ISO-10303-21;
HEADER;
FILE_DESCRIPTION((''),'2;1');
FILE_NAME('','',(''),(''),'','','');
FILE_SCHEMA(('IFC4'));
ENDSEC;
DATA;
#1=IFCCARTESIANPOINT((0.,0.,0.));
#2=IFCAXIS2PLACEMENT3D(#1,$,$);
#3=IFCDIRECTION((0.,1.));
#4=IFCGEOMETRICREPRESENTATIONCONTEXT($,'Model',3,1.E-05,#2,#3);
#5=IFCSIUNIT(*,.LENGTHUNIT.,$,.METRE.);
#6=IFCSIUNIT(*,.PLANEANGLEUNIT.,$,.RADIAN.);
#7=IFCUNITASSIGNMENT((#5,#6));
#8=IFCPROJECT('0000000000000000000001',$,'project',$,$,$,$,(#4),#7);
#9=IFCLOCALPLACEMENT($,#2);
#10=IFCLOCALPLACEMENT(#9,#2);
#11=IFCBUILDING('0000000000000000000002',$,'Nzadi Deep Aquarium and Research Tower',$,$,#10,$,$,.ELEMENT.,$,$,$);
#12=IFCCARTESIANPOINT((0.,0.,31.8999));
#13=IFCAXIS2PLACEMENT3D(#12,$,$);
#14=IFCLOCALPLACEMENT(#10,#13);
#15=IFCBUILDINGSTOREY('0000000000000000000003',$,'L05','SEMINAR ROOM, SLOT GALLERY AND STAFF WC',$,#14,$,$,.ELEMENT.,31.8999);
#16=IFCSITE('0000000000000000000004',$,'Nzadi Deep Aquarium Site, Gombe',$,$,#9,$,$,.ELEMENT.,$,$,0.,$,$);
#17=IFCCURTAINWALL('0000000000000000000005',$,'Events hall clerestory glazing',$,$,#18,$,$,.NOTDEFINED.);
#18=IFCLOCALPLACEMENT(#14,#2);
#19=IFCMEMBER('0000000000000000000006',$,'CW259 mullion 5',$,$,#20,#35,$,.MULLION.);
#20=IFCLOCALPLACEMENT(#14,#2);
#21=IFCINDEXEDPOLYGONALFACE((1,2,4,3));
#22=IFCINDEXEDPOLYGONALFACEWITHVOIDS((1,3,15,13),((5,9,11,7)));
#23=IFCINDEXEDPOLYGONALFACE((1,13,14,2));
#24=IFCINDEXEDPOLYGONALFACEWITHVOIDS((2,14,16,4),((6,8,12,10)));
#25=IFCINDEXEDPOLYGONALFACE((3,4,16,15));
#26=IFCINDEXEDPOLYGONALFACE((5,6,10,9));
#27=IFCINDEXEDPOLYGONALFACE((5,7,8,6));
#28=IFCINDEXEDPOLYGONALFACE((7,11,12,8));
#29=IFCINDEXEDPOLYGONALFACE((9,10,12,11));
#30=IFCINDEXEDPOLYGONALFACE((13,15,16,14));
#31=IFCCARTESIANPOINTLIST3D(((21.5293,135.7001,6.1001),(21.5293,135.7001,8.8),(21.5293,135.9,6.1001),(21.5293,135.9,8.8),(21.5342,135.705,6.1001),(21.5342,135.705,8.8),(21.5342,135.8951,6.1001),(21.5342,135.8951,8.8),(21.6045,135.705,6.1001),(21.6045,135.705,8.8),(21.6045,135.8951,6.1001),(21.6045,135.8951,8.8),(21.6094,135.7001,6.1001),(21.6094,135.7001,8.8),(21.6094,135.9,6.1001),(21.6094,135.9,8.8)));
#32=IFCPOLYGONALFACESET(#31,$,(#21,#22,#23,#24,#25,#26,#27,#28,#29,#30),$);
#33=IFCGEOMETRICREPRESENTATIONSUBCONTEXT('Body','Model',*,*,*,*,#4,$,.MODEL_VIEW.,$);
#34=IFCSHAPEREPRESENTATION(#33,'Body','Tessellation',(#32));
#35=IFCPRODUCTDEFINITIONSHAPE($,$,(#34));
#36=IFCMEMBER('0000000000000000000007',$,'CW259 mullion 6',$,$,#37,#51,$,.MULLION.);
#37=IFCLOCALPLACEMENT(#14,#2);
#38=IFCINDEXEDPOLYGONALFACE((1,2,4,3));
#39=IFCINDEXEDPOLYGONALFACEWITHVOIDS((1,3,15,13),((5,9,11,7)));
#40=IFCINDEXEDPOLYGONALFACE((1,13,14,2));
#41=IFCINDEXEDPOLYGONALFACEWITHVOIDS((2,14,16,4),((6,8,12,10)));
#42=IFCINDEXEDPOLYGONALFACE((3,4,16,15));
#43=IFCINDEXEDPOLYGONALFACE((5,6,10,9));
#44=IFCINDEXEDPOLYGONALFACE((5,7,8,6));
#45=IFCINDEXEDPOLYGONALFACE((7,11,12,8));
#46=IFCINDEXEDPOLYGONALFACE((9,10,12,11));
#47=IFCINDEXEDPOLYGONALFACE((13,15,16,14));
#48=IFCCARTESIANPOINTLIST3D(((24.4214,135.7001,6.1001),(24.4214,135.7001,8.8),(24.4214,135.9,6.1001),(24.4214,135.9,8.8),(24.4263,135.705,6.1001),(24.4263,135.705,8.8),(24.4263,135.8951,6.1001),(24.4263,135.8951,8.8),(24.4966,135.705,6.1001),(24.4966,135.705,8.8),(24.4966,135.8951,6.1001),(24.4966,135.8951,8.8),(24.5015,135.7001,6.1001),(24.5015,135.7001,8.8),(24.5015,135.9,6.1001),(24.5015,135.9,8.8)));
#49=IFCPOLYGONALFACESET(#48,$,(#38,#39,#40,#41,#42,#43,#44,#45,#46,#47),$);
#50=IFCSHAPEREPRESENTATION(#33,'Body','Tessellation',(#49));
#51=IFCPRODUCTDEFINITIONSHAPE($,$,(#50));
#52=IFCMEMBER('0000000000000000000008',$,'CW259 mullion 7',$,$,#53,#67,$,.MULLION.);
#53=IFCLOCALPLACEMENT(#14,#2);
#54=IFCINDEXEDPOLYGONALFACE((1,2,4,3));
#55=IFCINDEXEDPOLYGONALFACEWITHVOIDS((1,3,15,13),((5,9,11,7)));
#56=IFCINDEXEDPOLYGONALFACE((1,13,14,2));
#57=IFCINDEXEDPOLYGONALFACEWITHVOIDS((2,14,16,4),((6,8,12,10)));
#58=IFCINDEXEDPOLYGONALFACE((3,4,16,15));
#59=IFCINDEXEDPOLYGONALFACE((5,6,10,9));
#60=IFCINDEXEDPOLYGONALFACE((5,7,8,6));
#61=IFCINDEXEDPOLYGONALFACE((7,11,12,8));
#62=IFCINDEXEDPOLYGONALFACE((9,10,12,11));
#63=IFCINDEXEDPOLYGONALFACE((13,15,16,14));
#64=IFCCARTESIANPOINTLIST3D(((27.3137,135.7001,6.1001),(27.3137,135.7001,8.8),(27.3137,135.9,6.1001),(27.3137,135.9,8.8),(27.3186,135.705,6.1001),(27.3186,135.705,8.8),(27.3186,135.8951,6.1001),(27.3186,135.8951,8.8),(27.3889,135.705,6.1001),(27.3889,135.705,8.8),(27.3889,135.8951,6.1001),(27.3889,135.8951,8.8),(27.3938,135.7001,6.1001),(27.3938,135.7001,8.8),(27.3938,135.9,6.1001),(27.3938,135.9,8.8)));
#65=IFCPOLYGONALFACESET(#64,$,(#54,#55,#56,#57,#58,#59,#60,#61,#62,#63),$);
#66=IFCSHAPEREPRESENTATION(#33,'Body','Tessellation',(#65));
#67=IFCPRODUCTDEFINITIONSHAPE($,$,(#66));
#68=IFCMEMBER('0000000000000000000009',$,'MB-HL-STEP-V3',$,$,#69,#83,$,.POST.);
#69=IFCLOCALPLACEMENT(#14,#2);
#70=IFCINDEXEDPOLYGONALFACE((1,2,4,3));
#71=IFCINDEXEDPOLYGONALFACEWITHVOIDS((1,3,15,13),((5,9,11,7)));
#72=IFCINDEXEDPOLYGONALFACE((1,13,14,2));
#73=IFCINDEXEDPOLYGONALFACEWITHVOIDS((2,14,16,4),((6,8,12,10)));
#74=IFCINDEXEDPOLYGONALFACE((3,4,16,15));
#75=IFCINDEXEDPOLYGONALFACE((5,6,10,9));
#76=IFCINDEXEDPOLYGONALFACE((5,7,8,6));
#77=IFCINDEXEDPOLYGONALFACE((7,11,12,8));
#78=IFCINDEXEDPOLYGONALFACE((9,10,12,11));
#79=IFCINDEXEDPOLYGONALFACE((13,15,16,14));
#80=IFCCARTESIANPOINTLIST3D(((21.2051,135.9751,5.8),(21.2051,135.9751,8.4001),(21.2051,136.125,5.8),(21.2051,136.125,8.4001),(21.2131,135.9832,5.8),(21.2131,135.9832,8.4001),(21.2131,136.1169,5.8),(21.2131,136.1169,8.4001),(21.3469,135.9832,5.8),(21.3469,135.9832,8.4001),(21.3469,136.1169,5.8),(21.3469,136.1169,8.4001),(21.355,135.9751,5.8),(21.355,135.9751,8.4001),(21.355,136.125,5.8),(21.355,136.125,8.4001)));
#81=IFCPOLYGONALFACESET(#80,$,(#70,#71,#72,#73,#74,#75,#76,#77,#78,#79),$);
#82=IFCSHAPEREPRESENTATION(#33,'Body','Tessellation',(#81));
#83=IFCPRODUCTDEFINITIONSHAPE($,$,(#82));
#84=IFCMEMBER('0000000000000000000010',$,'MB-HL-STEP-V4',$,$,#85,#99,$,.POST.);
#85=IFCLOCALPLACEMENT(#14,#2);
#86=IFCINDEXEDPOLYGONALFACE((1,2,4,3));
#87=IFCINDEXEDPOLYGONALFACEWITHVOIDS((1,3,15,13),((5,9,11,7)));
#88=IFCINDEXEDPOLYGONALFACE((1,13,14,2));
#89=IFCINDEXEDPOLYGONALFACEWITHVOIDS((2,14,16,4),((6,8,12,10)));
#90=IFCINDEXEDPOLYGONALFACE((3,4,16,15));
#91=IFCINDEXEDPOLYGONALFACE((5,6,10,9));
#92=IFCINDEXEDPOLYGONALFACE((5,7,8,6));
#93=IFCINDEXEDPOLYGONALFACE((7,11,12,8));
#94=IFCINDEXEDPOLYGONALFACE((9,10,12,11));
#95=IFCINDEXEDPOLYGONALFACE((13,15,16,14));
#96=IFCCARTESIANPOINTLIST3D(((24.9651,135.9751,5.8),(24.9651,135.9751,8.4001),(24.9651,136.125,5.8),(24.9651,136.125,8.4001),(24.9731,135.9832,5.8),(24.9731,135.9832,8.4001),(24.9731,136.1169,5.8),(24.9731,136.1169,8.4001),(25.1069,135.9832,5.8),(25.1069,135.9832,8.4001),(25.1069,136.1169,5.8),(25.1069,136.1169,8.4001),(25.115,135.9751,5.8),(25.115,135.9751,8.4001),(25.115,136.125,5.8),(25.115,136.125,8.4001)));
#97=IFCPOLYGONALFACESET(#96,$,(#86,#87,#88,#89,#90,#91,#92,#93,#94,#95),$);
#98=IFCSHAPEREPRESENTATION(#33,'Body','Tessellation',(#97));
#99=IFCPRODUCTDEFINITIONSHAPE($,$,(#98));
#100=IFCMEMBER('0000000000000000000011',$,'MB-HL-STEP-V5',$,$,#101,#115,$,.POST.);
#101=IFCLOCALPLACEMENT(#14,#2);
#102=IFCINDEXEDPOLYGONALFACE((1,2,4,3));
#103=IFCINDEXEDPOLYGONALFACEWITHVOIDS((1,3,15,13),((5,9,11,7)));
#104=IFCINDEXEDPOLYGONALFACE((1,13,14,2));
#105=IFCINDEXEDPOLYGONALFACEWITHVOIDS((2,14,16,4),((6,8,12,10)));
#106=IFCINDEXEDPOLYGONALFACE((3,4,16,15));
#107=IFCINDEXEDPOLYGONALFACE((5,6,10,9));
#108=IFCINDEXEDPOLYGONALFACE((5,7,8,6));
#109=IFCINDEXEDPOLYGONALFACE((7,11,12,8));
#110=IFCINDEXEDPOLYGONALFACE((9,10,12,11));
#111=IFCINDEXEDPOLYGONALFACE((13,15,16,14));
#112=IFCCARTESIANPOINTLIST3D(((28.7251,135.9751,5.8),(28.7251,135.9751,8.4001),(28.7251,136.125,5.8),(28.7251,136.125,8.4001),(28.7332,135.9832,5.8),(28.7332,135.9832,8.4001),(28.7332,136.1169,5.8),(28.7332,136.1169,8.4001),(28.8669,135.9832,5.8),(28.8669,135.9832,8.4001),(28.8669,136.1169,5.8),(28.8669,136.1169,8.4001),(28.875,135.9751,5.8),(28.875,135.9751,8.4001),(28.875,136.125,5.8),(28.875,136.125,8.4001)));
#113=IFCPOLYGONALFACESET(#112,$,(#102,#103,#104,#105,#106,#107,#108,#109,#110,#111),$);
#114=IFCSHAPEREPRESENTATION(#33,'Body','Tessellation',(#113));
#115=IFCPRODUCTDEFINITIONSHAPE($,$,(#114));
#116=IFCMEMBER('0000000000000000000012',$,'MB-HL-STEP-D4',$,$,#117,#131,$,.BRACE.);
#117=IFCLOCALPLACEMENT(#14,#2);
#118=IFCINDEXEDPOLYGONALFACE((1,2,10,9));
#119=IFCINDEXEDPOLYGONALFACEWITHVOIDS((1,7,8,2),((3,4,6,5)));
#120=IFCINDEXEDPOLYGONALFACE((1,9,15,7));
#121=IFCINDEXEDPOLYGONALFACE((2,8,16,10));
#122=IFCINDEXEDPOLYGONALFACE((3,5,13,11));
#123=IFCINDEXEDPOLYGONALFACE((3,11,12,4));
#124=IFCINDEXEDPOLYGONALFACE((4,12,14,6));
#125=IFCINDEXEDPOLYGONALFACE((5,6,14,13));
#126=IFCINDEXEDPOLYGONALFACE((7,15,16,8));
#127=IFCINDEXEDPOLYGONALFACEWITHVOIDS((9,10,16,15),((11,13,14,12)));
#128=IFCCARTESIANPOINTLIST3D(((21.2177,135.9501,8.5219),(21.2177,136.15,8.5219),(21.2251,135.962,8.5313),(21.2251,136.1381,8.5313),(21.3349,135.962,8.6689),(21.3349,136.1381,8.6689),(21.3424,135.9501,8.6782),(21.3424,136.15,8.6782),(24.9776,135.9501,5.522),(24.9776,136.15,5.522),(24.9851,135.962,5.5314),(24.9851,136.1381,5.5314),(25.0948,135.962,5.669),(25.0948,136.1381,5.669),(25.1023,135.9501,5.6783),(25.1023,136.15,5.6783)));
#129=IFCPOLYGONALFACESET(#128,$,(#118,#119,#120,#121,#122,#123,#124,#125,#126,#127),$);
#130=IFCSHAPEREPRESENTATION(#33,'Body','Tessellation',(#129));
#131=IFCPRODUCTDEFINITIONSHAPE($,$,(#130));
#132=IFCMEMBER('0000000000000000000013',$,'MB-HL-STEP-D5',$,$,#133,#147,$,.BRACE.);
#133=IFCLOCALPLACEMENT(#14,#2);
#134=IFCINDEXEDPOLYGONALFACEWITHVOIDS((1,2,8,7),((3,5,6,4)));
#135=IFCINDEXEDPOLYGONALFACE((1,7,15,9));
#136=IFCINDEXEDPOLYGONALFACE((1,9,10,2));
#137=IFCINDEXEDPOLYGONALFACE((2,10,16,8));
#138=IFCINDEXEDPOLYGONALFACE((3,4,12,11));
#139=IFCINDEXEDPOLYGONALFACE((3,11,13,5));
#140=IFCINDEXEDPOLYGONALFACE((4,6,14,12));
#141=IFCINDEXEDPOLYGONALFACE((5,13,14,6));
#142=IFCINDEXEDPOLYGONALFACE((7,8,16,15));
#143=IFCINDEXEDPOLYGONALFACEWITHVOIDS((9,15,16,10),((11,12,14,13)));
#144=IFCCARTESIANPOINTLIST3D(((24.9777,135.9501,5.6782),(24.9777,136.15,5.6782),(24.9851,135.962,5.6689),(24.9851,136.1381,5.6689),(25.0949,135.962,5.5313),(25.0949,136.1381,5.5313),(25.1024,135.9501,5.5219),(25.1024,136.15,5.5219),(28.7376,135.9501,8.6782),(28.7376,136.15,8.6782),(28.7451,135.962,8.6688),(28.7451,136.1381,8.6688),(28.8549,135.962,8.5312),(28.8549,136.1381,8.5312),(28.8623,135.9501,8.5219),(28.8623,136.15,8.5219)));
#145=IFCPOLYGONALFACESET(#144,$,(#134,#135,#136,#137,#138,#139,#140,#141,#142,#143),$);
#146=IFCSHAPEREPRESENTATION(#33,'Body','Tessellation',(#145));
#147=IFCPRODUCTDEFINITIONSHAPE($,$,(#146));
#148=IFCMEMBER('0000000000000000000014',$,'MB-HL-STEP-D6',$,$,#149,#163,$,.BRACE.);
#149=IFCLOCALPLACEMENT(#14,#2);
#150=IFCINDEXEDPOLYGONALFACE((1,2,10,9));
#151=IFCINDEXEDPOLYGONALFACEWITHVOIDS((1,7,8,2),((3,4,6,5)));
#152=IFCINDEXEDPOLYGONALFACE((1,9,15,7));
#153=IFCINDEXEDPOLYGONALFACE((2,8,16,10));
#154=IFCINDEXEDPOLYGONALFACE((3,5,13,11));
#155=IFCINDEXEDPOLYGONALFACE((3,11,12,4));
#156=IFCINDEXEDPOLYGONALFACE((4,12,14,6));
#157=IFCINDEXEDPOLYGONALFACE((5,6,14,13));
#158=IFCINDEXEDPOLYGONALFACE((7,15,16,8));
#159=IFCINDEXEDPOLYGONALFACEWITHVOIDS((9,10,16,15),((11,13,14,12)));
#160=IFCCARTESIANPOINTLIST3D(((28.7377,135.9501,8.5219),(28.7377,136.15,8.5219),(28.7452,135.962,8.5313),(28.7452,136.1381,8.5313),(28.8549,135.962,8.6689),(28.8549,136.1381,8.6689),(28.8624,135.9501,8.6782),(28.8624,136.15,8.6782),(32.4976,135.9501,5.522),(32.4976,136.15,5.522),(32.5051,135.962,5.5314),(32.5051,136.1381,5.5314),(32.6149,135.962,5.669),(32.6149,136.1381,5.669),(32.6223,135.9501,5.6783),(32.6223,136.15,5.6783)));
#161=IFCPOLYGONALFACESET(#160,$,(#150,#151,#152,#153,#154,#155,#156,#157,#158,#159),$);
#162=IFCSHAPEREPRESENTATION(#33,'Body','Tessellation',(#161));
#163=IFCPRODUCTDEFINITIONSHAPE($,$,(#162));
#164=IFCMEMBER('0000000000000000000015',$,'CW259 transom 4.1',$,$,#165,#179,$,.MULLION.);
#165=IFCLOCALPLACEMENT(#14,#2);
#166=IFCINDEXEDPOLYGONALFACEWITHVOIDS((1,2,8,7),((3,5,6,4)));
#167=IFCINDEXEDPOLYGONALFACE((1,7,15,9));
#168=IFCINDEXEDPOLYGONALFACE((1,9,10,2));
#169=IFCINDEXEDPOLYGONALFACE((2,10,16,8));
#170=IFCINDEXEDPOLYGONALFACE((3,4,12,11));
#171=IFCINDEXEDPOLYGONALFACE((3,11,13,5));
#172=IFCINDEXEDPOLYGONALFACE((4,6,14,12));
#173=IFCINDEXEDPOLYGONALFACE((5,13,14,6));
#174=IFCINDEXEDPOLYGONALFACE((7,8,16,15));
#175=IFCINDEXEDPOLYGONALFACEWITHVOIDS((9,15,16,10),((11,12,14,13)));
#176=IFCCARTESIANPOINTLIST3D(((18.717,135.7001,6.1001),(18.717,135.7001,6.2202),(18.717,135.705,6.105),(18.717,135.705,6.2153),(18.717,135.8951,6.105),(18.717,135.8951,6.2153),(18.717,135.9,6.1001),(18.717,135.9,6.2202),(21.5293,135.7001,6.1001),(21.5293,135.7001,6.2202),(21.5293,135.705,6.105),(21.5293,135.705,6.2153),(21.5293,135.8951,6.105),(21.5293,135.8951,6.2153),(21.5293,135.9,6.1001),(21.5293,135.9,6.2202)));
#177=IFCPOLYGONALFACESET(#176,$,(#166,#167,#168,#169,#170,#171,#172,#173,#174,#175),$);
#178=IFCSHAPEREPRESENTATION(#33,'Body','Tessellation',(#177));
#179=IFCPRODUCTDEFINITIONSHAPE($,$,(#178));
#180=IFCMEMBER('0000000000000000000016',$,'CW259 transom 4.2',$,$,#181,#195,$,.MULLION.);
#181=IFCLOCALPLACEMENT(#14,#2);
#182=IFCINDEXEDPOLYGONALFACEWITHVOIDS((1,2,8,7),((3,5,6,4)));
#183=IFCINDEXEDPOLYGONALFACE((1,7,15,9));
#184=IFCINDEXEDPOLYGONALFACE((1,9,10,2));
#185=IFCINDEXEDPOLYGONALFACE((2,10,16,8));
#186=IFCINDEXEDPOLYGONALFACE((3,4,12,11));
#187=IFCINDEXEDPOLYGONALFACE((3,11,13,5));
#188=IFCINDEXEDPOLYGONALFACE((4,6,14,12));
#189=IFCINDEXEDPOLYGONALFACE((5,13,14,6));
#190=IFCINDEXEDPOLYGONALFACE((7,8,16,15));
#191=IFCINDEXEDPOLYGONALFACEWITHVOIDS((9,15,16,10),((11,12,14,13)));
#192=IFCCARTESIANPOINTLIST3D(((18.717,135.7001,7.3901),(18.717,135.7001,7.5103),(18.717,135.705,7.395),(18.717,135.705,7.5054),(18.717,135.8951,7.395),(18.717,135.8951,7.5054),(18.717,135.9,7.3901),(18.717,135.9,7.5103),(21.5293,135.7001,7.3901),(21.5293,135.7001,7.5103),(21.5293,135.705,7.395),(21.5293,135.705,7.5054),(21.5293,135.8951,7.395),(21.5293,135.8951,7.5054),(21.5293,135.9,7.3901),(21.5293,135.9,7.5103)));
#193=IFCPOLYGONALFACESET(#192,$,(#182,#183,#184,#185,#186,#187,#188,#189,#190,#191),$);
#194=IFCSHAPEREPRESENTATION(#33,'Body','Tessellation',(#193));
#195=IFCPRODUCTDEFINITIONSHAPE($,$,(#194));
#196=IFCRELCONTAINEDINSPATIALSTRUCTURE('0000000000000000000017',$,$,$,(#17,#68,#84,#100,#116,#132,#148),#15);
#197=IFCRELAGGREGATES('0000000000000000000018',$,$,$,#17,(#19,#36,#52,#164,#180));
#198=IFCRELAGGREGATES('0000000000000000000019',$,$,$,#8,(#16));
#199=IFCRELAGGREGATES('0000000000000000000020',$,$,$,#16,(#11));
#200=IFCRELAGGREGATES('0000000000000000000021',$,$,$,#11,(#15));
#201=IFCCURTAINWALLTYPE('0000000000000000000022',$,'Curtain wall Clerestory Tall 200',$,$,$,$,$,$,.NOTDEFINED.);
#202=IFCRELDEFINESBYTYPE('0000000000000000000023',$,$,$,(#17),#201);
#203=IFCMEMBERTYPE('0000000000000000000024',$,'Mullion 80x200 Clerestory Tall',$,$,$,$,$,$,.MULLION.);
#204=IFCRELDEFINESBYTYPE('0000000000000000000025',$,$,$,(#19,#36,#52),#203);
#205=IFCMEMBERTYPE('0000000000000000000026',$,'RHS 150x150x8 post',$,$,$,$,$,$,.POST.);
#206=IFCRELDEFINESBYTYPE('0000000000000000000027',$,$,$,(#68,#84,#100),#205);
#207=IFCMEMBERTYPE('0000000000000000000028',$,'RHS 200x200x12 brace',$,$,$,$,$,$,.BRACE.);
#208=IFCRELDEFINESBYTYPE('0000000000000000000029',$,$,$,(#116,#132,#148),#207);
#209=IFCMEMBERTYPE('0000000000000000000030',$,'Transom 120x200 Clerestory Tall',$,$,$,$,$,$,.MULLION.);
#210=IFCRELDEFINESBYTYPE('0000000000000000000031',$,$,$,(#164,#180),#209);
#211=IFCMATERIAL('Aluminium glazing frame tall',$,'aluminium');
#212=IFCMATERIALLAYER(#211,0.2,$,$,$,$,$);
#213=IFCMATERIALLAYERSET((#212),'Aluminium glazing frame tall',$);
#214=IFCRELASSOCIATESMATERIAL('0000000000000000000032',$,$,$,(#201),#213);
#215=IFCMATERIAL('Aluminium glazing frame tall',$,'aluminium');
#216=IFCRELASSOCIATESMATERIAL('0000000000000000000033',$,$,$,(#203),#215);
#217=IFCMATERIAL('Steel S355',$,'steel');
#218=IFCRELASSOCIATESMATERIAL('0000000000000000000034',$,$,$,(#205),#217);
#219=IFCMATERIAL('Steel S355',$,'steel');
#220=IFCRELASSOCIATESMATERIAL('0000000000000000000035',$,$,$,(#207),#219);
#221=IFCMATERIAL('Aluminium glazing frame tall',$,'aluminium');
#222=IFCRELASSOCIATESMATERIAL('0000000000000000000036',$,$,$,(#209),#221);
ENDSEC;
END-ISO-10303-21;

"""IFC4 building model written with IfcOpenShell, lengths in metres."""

from ifc_helpers import new_model, si_unit, direction, frame, origin, origin_2d, place, context, subcontext, project, spatial, hollow_rectangle, extrude, material, layer, layer_set, material_profile, profile_set, type_object, element, aggregate, save


model = new_model("IFC4")

# Units and contexts
model_context = context("Model", 3, precision=1e-05, world=origin(), true_north=direction((0.0, 1.0)))
body_context = subcontext(model_context, "Body", "Model", "MODEL_VIEW")
ifc_project = project(units=[si_unit("LENGTHUNIT", "METRE"), si_unit("PLANEANGLEUNIT", "RADIAN")], contexts=[model_context])

# Site, building, storey
site_placement = place(None, origin())
site = spatial("IfcSite", under=ifc_project, at=site_placement, Name="Nzadi Deep Aquarium Site, Gombe", CompositionType="ELEMENT", RefElevation=0.0)
building_placement = place(site_placement, origin())
building = spatial("IfcBuilding", under=site, at=building_placement, Name="Nzadi Deep Aquarium and Research Tower", CompositionType="ELEMENT")
storey_placement = place(building_placement, frame((0.0, 0.0, 31.8999)))
storey = spatial("IfcBuildingStorey", under=building, at=storey_placement, Name="L05", Description="SEMINAR ROOM, SLOT GALLERY AND STAFF WC", CompositionType="ELEMENT", Elevation=31.8999)

# Curtain wall, members
ifc_material_1 = material(Name="Aluminium glazing frame tall", Category="aluminium")
ifc_layer_1 = layer(ifc_material_1, 0.2)
ifc_layer_set_1 = layer_set([ifc_layer_1], Name="Aluminium glazing frame tall")
curtain_wall_type = type_object("IfcCurtainWallType", Name="Curtain wall Clerestory Tall 200", PredefinedType="NOTDEFINED", material=ifc_layer_set_1)
curtain_wall_placement = place(storey_placement, origin())
curtain_wall = element("IfcCurtainWall", 1, at=curtain_wall_placement, inside=storey, type_object=curtain_wall_type, Name="Events hall clerestory glazing", PredefinedType="NOTDEFINED")
ifc_material_2 = material(Name="Aluminium glazing frame tall", Category="aluminium")
ifc_material_profile_1 = material_profile(ifc_material_2, hollow_rectangle(XDim=0.2, YDim=0.0801, WallThickness=0.0049, at=origin_2d()))
ifc_profile_set_1 = profile_set([ifc_material_profile_1], Name="Aluminium glazing frame tall")
member_type_1 = type_object("IfcMemberType", Name="Mullion 80x200 Clerestory Tall", PredefinedType="MULLION", material=ifc_profile_set_1)
member_1_placement = place(storey_placement, frame((21.5693, 135.8, 6.1001), z_axis=(0.0, 0.0, 1.0), x_axis=(0.0, 1.0, 0.0)))
member_1 = element("IfcMember", 2, at=member_1_placement, type_object=member_type_1, Name="CW259 mullion 5", PredefinedType="MULLION", context=body_context, shape_type="SweptSolid", body=[
    extrude(hollow_rectangle(XDim=0.2, YDim=0.0801, WallThickness=0.0049, at=origin_2d()), origin(), (0.0, 0.0, 1.0), 2.7),
])
member_2_placement = place(storey_placement, frame((24.4614, 135.8, 6.1001), z_axis=(0.0, 0.0, 1.0), x_axis=(0.0, 1.0, 0.0)))
member_2 = element("IfcMember", 3, at=member_2_placement, type_object=member_type_1, Name="CW259 mullion 6", PredefinedType="MULLION", context=body_context, shape_type="SweptSolid", body=[
    extrude(hollow_rectangle(XDim=0.2, YDim=0.0801, WallThickness=0.0049, at=origin_2d()), origin(), (0.0, 0.0, 1.0), 2.7),
])
member_3_placement = place(storey_placement, frame((27.3538, 135.8, 6.1001), z_axis=(0.0, 0.0, 1.0), x_axis=(0.0, 1.0, 0.0)))
member_3 = element("IfcMember", 4, at=member_3_placement, type_object=member_type_1, Name="CW259 mullion 7", PredefinedType="MULLION", context=body_context, shape_type="SweptSolid", body=[
    extrude(hollow_rectangle(XDim=0.2, YDim=0.0801, WallThickness=0.0049, at=origin_2d()), origin(), (0.0, 0.0, 1.0), 2.7),
])

# Members
ifc_material_3 = material(Name="Steel S355", Category="steel")
ifc_material_profile_2 = material_profile(ifc_material_3, hollow_rectangle(XDim=0.1499, YDim=0.1499, WallThickness=0.0081, at=origin_2d()))
ifc_profile_set_2 = profile_set([ifc_material_profile_2], Name="Steel S355")
member_type_2 = type_object("IfcMemberType", Name="RHS 150x150x8 post", PredefinedType="POST", material=ifc_profile_set_2)
for number, where, z_axis, x_axis, name in (
    (5, (21.28, 136.05, 5.8), (0.0, 0.0, 1.0), (1.0, 0.0, 0.0), "MB-HL-STEP-V3"),
    (6, (25.04, 136.05, 5.8), (0.0, 0.0, 1.0), (1.0, 0.0, 0.0), "MB-HL-STEP-V4"),
    (7, (28.8, 136.05, 5.8), (0.0, 0.0, 1.0), (1.0, 0.0, 0.0), "MB-HL-STEP-V5"),
):
    element("IfcMember", number, at=place(storey_placement, frame(where, z_axis=z_axis, x_axis=x_axis)), inside=storey, type_object=member_type_2, Name=name, PredefinedType="POST", context=body_context, shape_type="SweptSolid", body=[
        extrude(hollow_rectangle(XDim=0.1499, YDim=0.1499, WallThickness=0.0081, at=origin_2d()), origin(), (0.0, 0.0, 1.0), 2.6001),
    ])
ifc_material_4 = material(Name="Steel S355", Category="steel")
ifc_material_profile_3 = material_profile(ifc_material_4, hollow_rectangle(XDim=0.2, YDim=0.2, WallThickness=0.012, at=origin_2d()))
ifc_profile_set_3 = profile_set([ifc_material_profile_3], Name="Steel S355")
member_type_3 = type_object("IfcMemberType", Name="RHS 200x200x12 brace", PredefinedType="BRACE", material=ifc_profile_set_3)
for number, where, z_axis, x_axis, name in (
    (8, (21.28, 136.05, 8.6001), (0.78168, 0.0, -0.623679), (0.0, 1.0, 0.0), "MB-HL-STEP-D4"),
    (9, (25.04, 136.05, 5.6001), (0.78168, 0.0, 0.623679), (0.0, 1.0, 0.0), "MB-HL-STEP-D5"),
    (10, (28.8, 136.05, 8.6001), (0.78168, 0.0, -0.623679), (0.0, 1.0, 0.0), "MB-HL-STEP-D6"),
):
    element("IfcMember", number, at=place(storey_placement, frame(where, z_axis=z_axis, x_axis=x_axis)), inside=storey, type_object=member_type_3, Name=name, PredefinedType="BRACE", context=body_context, shape_type="SweptSolid", body=[
        extrude(hollow_rectangle(XDim=0.2, YDim=0.2, WallThickness=0.012, at=origin_2d()), origin(), (0.0, 0.0, 1.0), 4.8101),
    ])

# Members
ifc_material_5 = material(Name="Aluminium glazing frame tall", Category="aluminium")
ifc_material_profile_4 = material_profile(ifc_material_5, hollow_rectangle(XDim=0.2, YDim=0.1201, WallThickness=0.0049, at=origin_2d()))
ifc_profile_set_4 = profile_set([ifc_material_profile_4], Name="Aluminium glazing frame tall")
member_type_4 = type_object("IfcMemberType", Name="Transom 120x200 Clerestory Tall", PredefinedType="MULLION", material=ifc_profile_set_4)
member_4_placement = place(storey_placement, frame((18.717, 135.8, 6.1602), z_axis=(1.0, 0.0, 0.0), x_axis=(0.0, 1.0, 0.0)))
member_4 = element("IfcMember", 11, at=member_4_placement, type_object=member_type_4, Name="CW259 transom 4.1", PredefinedType="MULLION", context=body_context, shape_type="SweptSolid", body=[
    extrude(hollow_rectangle(XDim=0.2, YDim=0.1201, WallThickness=0.0049, at=origin_2d()), origin(), (0.0, 0.0, 1.0), 2.8123),
])
member_5_placement = place(storey_placement, frame((18.717, 135.8, 7.4502), z_axis=(1.0, 0.0, 0.0), x_axis=(0.0, 1.0, 0.0)))
member_5 = element("IfcMember", 12, at=member_5_placement, type_object=member_type_4, Name="CW259 transom 4.2", PredefinedType="MULLION", context=body_context, shape_type="SweptSolid", body=[
    extrude(hollow_rectangle(XDim=0.2, YDim=0.1201, WallThickness=0.0049, at=origin_2d()), origin(), (0.0, 0.0, 1.0), 2.8123),
])

aggregate(curtain_wall, [member_1, member_2, member_3, member_4, member_5])

save(model, "model.ifc")
